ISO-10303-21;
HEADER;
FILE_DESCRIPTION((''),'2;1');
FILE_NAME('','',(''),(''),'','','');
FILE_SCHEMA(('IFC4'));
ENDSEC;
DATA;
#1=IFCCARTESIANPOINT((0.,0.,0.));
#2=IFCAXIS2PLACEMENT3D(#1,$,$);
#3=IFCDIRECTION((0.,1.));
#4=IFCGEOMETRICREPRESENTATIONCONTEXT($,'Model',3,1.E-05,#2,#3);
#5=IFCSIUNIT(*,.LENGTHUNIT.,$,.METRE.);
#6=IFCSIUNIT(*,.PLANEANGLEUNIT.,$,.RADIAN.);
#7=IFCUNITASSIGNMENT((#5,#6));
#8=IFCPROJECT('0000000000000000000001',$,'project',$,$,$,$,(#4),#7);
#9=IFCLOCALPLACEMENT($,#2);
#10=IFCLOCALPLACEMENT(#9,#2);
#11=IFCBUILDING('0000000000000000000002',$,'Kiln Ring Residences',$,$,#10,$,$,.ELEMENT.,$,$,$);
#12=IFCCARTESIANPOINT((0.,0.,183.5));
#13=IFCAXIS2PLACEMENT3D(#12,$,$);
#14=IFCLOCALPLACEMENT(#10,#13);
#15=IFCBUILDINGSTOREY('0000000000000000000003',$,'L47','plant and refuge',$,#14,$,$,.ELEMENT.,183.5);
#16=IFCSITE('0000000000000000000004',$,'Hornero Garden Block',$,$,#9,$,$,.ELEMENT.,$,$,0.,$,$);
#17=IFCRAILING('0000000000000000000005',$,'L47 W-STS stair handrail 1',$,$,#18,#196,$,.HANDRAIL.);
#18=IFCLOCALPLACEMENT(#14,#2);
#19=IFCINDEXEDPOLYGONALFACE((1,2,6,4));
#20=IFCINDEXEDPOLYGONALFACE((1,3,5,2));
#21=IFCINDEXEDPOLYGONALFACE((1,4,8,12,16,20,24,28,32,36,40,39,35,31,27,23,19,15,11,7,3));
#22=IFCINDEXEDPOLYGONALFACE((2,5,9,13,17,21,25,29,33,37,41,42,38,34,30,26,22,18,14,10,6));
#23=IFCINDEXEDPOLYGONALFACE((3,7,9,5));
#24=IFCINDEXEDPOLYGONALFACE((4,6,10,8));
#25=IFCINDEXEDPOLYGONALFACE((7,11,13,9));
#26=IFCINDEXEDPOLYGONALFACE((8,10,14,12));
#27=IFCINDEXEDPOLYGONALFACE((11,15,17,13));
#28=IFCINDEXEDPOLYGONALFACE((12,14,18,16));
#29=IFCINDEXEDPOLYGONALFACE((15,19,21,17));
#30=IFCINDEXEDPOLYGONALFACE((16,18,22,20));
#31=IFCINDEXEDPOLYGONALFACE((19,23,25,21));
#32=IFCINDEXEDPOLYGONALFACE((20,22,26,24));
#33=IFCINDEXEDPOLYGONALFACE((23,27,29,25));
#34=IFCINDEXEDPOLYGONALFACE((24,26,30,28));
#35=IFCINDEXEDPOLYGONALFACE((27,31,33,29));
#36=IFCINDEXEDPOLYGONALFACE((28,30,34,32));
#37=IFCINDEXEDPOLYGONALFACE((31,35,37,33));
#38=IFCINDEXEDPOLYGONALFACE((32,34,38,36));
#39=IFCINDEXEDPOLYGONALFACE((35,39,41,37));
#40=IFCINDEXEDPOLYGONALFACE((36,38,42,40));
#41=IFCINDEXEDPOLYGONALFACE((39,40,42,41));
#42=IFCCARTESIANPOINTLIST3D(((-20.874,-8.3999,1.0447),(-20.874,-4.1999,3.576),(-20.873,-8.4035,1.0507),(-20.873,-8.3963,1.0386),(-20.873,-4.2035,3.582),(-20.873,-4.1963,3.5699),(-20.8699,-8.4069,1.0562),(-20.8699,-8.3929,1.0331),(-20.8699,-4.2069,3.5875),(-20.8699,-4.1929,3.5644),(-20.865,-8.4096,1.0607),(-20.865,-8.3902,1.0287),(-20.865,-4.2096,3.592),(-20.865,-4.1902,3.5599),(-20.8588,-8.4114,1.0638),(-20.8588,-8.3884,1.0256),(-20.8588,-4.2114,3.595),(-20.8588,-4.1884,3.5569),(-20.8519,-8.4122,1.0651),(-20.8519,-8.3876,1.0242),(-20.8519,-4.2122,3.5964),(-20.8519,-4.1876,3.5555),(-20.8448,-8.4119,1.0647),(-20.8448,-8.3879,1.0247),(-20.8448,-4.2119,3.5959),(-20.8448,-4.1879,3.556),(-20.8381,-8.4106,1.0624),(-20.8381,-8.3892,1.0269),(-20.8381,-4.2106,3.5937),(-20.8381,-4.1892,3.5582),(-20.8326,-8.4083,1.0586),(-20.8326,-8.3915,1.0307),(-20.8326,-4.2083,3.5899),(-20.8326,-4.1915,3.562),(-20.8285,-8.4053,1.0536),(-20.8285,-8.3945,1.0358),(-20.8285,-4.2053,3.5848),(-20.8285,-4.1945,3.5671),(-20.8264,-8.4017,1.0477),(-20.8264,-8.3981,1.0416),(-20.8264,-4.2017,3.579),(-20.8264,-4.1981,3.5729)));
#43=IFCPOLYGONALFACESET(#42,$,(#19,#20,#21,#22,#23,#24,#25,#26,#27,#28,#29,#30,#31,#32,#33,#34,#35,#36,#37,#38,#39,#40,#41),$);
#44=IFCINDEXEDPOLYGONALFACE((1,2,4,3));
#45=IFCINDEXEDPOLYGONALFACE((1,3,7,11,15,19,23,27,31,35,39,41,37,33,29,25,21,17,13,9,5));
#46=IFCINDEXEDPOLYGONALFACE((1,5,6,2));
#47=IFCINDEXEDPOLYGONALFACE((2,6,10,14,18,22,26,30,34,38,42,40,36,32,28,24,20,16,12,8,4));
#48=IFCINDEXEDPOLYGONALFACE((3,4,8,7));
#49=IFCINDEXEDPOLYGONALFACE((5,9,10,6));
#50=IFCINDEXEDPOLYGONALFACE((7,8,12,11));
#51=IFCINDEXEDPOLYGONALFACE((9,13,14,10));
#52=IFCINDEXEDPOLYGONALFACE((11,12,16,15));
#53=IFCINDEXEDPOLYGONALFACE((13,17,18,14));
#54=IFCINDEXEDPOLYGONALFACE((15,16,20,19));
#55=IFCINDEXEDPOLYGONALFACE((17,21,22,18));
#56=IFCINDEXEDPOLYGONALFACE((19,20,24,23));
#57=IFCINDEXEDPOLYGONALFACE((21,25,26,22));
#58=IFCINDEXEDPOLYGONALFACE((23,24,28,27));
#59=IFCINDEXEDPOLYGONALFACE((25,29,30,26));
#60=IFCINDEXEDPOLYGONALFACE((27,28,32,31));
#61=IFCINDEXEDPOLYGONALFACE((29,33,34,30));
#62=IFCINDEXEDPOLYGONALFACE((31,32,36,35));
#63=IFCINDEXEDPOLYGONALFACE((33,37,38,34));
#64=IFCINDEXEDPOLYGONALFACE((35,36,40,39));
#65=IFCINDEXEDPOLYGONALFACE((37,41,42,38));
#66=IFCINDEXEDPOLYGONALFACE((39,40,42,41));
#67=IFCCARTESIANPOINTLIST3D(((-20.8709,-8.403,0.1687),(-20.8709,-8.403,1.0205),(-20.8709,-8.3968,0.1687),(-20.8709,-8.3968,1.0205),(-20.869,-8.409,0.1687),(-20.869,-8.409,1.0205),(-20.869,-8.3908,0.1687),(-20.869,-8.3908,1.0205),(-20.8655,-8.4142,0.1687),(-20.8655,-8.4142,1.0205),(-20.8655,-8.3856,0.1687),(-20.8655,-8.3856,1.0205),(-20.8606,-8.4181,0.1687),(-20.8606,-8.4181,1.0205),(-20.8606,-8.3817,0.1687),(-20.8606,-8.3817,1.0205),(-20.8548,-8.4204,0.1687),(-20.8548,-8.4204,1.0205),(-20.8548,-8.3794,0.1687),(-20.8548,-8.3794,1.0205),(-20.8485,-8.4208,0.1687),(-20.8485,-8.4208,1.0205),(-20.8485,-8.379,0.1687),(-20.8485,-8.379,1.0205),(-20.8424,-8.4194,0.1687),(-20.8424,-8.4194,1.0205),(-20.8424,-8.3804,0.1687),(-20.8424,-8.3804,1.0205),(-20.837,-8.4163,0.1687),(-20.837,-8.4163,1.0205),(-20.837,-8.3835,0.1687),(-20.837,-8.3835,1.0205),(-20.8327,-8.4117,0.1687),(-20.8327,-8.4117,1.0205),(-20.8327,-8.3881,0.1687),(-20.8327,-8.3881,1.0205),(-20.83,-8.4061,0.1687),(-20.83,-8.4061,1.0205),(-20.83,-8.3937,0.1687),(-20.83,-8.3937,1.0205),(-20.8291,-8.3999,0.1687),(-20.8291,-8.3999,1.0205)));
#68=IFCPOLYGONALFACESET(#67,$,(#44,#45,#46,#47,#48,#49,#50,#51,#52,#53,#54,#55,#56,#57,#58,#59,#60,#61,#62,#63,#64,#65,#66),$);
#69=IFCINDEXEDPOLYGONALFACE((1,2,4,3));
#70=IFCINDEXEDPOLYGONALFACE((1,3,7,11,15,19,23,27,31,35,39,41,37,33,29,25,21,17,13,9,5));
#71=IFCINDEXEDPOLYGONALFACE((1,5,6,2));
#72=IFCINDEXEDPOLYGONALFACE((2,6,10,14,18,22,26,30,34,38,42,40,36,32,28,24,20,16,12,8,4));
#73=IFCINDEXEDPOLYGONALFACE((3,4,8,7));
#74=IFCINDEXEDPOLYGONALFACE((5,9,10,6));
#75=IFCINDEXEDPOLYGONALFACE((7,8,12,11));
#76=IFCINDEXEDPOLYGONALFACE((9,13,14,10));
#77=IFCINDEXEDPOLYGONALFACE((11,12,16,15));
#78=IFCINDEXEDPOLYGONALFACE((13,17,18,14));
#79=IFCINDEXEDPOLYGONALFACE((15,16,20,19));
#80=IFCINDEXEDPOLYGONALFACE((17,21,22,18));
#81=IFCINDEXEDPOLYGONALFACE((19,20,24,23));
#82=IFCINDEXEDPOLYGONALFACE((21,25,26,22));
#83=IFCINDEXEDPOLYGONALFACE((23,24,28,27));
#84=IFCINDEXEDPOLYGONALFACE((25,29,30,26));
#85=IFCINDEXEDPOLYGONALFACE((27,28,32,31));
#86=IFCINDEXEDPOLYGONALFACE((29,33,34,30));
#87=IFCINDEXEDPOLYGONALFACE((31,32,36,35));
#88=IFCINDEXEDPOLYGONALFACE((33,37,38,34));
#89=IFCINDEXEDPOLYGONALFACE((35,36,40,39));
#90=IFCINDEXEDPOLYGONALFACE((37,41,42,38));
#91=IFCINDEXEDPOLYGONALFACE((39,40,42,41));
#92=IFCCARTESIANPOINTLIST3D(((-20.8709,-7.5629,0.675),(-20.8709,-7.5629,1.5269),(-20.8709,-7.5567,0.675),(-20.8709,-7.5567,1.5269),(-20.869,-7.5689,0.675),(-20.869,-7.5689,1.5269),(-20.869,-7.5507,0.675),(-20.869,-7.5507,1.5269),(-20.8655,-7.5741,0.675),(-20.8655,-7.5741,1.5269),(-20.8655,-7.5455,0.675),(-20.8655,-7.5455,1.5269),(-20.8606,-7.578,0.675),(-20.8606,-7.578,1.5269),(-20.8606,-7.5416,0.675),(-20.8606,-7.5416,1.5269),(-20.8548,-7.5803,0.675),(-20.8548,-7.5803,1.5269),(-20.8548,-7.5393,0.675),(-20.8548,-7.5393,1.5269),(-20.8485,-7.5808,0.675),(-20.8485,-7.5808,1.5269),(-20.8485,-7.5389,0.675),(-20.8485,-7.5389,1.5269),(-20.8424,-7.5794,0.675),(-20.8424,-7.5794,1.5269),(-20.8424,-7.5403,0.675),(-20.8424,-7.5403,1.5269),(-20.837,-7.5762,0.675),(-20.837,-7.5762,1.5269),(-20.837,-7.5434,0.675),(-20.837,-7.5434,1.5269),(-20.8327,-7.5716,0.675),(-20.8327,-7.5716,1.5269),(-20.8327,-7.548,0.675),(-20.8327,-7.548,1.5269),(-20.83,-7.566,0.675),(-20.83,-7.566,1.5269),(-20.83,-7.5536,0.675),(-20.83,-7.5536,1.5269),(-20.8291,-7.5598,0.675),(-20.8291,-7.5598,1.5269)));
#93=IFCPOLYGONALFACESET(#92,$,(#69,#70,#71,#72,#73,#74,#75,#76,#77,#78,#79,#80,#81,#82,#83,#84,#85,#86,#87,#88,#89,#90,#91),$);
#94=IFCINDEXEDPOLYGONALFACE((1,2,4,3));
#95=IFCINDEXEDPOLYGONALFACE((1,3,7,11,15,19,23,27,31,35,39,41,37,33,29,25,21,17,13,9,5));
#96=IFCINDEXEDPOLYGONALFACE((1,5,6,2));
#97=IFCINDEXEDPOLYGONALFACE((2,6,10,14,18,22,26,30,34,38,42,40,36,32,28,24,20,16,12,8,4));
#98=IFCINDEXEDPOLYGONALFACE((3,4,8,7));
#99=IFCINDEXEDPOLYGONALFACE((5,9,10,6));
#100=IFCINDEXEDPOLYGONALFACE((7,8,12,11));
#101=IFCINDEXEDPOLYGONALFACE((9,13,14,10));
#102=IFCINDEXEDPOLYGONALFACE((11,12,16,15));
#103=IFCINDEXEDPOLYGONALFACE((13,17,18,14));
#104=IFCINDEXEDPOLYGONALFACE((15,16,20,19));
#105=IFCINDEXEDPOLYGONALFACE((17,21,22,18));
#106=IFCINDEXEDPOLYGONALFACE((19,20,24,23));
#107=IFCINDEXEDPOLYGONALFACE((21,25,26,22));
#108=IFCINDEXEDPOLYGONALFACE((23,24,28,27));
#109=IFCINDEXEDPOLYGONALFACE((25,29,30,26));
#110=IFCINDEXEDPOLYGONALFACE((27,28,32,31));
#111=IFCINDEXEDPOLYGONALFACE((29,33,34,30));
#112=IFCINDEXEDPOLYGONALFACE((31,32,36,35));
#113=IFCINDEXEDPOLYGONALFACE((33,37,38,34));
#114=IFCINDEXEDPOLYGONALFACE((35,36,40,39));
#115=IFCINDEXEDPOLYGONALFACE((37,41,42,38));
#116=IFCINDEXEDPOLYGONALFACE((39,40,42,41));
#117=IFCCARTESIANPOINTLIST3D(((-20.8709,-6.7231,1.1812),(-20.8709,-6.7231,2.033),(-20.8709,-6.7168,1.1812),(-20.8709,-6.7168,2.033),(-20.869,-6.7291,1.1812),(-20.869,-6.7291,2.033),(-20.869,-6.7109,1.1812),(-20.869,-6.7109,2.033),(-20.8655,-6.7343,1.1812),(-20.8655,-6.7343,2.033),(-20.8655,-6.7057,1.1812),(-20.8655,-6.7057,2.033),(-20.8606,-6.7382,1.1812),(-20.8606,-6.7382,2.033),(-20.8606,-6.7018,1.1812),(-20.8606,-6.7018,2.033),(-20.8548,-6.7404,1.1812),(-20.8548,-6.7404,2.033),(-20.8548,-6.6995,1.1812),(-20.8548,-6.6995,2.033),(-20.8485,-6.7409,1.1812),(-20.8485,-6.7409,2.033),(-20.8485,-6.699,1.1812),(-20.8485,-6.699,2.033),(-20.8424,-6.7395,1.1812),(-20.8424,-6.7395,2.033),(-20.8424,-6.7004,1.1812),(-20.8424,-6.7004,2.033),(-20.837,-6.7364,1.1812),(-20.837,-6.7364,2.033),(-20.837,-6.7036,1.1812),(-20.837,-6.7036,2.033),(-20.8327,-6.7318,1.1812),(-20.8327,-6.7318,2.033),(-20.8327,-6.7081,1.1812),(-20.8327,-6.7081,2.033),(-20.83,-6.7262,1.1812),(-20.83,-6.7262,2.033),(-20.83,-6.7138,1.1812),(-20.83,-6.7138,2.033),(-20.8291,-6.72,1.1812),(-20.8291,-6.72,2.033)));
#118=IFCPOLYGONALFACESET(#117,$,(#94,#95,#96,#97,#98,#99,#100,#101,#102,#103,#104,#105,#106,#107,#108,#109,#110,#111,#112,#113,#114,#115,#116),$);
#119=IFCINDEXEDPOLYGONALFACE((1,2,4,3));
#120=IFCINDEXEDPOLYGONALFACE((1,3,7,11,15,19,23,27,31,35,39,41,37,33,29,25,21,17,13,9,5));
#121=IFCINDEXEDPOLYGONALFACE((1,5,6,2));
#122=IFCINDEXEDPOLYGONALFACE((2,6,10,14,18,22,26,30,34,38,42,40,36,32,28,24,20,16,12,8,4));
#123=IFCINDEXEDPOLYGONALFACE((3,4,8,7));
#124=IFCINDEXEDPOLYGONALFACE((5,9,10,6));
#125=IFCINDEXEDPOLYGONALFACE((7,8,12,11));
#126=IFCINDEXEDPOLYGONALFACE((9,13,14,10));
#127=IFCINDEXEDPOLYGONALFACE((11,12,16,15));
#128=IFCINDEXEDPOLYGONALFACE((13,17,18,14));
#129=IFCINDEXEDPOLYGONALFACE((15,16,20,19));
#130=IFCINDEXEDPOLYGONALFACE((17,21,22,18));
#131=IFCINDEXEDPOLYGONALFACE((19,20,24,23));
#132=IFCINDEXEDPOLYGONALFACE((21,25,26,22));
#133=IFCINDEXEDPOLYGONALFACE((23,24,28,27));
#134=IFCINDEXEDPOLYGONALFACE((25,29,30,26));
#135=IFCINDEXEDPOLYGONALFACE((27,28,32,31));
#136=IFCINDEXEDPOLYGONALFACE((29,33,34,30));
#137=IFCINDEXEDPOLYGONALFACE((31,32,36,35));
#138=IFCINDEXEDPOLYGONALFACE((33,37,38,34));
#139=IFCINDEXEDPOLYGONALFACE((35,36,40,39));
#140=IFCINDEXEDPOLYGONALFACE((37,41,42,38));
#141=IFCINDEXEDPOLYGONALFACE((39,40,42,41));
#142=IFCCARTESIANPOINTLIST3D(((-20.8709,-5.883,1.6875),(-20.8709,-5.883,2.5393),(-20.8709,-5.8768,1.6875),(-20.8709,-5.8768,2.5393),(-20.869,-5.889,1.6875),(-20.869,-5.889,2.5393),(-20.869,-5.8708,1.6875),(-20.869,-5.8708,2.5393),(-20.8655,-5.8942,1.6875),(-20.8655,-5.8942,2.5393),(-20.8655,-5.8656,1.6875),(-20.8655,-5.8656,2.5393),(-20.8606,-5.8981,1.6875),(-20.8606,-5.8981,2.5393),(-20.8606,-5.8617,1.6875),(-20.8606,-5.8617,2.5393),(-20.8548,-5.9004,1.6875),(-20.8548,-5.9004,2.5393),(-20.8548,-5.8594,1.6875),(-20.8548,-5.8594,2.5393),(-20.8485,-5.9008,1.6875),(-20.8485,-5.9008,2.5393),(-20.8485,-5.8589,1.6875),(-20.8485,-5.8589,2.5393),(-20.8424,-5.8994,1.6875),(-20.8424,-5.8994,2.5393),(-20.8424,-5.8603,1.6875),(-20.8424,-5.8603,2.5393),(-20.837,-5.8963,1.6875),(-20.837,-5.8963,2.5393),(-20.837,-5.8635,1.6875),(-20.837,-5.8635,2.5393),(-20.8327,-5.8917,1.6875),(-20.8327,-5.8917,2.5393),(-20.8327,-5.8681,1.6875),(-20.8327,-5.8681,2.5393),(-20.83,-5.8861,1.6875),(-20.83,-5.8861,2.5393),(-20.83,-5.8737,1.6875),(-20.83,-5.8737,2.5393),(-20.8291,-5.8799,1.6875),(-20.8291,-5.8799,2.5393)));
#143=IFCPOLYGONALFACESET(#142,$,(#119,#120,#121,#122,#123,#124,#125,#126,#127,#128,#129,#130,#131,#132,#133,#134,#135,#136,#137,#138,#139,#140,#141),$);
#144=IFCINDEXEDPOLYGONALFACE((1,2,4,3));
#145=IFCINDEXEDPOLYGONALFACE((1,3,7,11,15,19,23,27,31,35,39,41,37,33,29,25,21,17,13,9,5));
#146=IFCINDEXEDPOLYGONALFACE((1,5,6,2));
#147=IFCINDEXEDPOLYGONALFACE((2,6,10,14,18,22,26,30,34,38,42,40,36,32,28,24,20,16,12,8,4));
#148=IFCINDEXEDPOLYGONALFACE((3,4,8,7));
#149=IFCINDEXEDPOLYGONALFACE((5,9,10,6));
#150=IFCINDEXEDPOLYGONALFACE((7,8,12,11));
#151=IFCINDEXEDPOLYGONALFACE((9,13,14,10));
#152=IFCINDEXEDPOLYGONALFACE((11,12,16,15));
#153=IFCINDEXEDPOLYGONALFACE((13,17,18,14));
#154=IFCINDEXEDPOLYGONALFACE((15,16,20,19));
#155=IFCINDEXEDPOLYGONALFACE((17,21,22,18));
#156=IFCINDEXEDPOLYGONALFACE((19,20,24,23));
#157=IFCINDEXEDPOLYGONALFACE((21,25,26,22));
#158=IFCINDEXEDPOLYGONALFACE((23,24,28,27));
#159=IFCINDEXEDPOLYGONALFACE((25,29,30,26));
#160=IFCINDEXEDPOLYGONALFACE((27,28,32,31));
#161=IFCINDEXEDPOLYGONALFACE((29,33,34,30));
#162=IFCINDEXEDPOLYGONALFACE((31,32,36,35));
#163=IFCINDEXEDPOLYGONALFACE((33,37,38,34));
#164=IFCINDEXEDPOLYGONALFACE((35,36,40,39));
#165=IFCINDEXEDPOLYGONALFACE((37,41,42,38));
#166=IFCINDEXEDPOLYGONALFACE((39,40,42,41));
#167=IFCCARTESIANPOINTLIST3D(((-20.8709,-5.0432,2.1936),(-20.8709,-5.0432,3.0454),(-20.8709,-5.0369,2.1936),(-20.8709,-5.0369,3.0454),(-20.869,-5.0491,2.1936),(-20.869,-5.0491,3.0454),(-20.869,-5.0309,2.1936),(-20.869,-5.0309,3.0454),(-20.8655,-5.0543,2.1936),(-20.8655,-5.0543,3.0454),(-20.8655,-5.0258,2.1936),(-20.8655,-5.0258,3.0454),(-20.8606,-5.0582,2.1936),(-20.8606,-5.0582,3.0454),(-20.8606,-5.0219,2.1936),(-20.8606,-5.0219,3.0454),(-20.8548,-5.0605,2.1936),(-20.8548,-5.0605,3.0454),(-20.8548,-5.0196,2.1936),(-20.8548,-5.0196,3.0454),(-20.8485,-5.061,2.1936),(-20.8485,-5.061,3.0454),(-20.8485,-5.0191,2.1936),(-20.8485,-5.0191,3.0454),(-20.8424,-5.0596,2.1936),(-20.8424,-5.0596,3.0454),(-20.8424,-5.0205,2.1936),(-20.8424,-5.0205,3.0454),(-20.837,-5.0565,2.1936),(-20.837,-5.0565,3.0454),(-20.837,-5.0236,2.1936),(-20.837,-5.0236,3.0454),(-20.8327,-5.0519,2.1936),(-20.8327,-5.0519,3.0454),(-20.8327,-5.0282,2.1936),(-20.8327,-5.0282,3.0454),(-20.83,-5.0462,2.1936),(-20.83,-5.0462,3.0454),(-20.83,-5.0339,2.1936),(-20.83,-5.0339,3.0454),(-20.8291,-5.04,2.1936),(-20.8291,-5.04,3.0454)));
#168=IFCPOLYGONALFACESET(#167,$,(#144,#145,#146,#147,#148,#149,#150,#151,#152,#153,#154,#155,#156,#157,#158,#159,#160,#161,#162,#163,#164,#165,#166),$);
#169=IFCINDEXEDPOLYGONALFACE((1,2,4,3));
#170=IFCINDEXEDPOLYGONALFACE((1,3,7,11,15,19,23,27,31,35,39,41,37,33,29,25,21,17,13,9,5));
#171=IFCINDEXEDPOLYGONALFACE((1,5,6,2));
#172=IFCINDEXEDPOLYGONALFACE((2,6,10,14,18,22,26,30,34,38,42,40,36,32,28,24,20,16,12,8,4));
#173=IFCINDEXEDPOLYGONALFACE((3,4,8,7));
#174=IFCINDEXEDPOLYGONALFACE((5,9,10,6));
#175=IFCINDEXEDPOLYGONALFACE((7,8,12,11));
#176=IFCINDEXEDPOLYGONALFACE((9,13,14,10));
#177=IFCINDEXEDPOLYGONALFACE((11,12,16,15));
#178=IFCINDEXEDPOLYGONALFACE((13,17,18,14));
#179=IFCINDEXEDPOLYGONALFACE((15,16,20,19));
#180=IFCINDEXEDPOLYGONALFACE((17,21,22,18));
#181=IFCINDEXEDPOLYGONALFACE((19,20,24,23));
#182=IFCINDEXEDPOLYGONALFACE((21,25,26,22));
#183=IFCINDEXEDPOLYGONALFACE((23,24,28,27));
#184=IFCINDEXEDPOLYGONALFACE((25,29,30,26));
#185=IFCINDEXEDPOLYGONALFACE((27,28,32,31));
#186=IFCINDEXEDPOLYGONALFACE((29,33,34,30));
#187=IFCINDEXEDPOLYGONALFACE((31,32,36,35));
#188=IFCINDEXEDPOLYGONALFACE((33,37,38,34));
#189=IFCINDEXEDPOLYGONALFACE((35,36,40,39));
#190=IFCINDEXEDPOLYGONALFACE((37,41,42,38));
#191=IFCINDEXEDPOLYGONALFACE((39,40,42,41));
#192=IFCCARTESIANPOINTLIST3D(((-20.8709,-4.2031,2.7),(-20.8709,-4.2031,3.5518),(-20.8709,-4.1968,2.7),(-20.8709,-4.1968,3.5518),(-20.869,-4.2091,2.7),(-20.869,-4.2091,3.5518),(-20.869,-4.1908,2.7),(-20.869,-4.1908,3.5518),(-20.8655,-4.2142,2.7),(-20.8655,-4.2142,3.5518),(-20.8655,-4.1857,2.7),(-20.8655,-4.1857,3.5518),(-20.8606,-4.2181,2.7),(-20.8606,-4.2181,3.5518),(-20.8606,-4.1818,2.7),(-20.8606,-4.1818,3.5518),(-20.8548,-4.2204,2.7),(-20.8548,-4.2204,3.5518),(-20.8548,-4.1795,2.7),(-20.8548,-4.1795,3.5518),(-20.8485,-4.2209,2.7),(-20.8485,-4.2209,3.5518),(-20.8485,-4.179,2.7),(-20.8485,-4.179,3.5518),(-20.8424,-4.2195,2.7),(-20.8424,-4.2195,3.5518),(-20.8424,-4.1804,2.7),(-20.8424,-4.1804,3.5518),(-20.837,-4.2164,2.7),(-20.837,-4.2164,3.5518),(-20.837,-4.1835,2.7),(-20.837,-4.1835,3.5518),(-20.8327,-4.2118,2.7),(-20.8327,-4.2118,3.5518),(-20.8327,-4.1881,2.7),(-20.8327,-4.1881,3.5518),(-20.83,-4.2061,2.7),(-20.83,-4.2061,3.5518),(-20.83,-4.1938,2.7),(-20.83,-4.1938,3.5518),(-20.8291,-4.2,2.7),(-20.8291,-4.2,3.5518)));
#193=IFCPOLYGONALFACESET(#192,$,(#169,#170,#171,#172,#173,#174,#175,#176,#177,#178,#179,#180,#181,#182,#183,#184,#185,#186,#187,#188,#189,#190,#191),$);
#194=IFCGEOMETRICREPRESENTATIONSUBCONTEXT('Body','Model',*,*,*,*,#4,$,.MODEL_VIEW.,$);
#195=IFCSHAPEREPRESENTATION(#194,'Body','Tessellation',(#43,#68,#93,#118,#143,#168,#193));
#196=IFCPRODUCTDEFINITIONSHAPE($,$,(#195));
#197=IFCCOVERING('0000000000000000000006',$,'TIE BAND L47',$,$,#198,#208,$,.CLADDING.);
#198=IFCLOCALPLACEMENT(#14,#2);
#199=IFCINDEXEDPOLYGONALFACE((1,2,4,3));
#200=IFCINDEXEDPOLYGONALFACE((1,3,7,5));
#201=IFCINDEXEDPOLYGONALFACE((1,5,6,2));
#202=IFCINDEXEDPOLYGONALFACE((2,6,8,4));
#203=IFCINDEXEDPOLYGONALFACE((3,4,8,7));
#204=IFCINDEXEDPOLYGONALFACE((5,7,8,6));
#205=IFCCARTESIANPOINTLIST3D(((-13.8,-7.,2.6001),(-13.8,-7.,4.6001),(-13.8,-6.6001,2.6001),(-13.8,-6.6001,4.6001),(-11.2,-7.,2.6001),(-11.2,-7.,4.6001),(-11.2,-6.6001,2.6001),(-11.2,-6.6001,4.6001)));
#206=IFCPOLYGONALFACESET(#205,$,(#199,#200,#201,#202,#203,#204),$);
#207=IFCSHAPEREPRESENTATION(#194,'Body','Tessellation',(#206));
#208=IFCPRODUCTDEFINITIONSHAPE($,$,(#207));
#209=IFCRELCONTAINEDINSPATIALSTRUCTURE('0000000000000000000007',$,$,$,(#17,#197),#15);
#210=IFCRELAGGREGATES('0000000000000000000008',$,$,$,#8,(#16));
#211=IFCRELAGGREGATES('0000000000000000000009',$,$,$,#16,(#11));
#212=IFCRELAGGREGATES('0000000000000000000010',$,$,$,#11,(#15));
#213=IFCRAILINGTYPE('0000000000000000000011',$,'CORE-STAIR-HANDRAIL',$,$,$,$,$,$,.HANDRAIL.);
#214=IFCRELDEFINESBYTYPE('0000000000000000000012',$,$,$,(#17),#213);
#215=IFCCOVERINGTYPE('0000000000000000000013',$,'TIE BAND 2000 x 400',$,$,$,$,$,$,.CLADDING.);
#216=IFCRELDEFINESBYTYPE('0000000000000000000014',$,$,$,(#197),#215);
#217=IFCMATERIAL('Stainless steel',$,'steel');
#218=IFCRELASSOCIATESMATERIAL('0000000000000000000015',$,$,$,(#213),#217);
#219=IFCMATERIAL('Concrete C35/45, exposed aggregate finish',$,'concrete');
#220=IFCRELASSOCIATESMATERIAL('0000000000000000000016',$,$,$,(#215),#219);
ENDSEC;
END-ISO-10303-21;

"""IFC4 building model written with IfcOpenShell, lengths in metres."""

from ifc_helpers import new_model, si_unit, direction, frame, origin, origin_2d, place, context, subcontext, project, spatial, rectangle, circle, extrude, material, type_object, element, save


model = new_model("IFC4")

# Units and contexts
model_context = context("Model", 3, precision=1e-05, world=origin(), true_north=direction((0.0, 1.0)))
body_context = subcontext(model_context, "Body", "Model", "MODEL_VIEW")
ifc_project = project(units=[si_unit("LENGTHUNIT", "METRE"), si_unit("PLANEANGLEUNIT", "RADIAN")], contexts=[model_context])

# Site, building, storey
site_placement = place(None, origin())
site = spatial("IfcSite", under=ifc_project, at=site_placement, Name="Hornero Garden Block", CompositionType="ELEMENT", RefElevation=0.0)
building_placement = place(site_placement, origin())
building = spatial("IfcBuilding", under=site, at=building_placement, Name="Kiln Ring Residences", CompositionType="ELEMENT")
storey_placement = place(building_placement, frame((0.0, 0.0, 183.5)))
storey = spatial("IfcBuildingStorey", under=building, at=storey_placement, Name="L47", Description="plant and refuge", CompositionType="ELEMENT", Elevation=183.5)

# Railing
ifc_material_1 = material(Name="Stainless steel", Category="steel")
railing_type = type_object("IfcRailingType", Name="CORE-STAIR-HANDRAIL", PredefinedType="HANDRAIL", material=ifc_material_1)
railing_placement = place(storey_placement, frame((-20.8501, -8.3999, 0.1687)))
element("IfcRailing", 1, at=railing_placement, inside=storey, type_object=railing_type, Name="L47 W-STS stair handrail 1", PredefinedType="HANDRAIL", context=body_context, shape_type="SweptSolid", body=[
    extrude(circle(Radius=0.0239, at=origin_2d()), frame((0.0, 0.0, 0.876), z_axis=(0.0, 0.856476, 0.516186), x_axis=(-1.0, 0.0, 0.0)), (0.0, 0.0, 1.0), 4.9038),
    extrude(circle(Radius=0.021, at=origin_2d()), origin(), (0.0, 0.0, 1.0), 0.8518),
    extrude(circle(Radius=0.021, at=origin_2d()), frame((0.0, 0.8401, 0.5063)), (0.0, 0.0, 1.0), 0.8518),
    extrude(circle(Radius=0.021, at=origin_2d()), frame((0.0, 1.6799, 1.0125)), (0.0, 0.0, 1.0), 0.8518),
    extrude(circle(Radius=0.021, at=origin_2d()), frame((0.0, 2.52, 1.5188)), (0.0, 0.0, 1.0), 0.8518),
    extrude(circle(Radius=0.021, at=origin_2d()), frame((0.0, 3.3599, 2.0249)), (0.0, 0.0, 1.0), 0.8518),
    extrude(circle(Radius=0.021, at=origin_2d()), frame((0.0, 4.2, 2.5312)), (0.0, 0.0, 1.0), 0.8518),
])

# Covering
ifc_material_2 = material(Name="Concrete C35/45, exposed aggregate finish", Category="concrete")
covering_type = type_object("IfcCoveringType", Name="TIE BAND 2000 x 400", PredefinedType="CLADDING", material=ifc_material_2)
covering_1_placement = place(storey_placement, frame((-12.5, -6.8, 2.6001), z_axis=(0.0, 0.0, 1.0), x_axis=(-1.0, 0.0, 0.0)))
element("IfcCovering", 2, at=covering_1_placement, inside=storey, type_object=covering_type, Name="TIE BAND L47", PredefinedType="CLADDING", context=body_context, shape_type="SweptSolid", body=[
    extrude(rectangle(XDim=2.6001, YDim=0.3999, at=origin_2d()), origin(), (0.0, 0.0, 1.0), 2.0),
])

save(model, "model.ifc")
